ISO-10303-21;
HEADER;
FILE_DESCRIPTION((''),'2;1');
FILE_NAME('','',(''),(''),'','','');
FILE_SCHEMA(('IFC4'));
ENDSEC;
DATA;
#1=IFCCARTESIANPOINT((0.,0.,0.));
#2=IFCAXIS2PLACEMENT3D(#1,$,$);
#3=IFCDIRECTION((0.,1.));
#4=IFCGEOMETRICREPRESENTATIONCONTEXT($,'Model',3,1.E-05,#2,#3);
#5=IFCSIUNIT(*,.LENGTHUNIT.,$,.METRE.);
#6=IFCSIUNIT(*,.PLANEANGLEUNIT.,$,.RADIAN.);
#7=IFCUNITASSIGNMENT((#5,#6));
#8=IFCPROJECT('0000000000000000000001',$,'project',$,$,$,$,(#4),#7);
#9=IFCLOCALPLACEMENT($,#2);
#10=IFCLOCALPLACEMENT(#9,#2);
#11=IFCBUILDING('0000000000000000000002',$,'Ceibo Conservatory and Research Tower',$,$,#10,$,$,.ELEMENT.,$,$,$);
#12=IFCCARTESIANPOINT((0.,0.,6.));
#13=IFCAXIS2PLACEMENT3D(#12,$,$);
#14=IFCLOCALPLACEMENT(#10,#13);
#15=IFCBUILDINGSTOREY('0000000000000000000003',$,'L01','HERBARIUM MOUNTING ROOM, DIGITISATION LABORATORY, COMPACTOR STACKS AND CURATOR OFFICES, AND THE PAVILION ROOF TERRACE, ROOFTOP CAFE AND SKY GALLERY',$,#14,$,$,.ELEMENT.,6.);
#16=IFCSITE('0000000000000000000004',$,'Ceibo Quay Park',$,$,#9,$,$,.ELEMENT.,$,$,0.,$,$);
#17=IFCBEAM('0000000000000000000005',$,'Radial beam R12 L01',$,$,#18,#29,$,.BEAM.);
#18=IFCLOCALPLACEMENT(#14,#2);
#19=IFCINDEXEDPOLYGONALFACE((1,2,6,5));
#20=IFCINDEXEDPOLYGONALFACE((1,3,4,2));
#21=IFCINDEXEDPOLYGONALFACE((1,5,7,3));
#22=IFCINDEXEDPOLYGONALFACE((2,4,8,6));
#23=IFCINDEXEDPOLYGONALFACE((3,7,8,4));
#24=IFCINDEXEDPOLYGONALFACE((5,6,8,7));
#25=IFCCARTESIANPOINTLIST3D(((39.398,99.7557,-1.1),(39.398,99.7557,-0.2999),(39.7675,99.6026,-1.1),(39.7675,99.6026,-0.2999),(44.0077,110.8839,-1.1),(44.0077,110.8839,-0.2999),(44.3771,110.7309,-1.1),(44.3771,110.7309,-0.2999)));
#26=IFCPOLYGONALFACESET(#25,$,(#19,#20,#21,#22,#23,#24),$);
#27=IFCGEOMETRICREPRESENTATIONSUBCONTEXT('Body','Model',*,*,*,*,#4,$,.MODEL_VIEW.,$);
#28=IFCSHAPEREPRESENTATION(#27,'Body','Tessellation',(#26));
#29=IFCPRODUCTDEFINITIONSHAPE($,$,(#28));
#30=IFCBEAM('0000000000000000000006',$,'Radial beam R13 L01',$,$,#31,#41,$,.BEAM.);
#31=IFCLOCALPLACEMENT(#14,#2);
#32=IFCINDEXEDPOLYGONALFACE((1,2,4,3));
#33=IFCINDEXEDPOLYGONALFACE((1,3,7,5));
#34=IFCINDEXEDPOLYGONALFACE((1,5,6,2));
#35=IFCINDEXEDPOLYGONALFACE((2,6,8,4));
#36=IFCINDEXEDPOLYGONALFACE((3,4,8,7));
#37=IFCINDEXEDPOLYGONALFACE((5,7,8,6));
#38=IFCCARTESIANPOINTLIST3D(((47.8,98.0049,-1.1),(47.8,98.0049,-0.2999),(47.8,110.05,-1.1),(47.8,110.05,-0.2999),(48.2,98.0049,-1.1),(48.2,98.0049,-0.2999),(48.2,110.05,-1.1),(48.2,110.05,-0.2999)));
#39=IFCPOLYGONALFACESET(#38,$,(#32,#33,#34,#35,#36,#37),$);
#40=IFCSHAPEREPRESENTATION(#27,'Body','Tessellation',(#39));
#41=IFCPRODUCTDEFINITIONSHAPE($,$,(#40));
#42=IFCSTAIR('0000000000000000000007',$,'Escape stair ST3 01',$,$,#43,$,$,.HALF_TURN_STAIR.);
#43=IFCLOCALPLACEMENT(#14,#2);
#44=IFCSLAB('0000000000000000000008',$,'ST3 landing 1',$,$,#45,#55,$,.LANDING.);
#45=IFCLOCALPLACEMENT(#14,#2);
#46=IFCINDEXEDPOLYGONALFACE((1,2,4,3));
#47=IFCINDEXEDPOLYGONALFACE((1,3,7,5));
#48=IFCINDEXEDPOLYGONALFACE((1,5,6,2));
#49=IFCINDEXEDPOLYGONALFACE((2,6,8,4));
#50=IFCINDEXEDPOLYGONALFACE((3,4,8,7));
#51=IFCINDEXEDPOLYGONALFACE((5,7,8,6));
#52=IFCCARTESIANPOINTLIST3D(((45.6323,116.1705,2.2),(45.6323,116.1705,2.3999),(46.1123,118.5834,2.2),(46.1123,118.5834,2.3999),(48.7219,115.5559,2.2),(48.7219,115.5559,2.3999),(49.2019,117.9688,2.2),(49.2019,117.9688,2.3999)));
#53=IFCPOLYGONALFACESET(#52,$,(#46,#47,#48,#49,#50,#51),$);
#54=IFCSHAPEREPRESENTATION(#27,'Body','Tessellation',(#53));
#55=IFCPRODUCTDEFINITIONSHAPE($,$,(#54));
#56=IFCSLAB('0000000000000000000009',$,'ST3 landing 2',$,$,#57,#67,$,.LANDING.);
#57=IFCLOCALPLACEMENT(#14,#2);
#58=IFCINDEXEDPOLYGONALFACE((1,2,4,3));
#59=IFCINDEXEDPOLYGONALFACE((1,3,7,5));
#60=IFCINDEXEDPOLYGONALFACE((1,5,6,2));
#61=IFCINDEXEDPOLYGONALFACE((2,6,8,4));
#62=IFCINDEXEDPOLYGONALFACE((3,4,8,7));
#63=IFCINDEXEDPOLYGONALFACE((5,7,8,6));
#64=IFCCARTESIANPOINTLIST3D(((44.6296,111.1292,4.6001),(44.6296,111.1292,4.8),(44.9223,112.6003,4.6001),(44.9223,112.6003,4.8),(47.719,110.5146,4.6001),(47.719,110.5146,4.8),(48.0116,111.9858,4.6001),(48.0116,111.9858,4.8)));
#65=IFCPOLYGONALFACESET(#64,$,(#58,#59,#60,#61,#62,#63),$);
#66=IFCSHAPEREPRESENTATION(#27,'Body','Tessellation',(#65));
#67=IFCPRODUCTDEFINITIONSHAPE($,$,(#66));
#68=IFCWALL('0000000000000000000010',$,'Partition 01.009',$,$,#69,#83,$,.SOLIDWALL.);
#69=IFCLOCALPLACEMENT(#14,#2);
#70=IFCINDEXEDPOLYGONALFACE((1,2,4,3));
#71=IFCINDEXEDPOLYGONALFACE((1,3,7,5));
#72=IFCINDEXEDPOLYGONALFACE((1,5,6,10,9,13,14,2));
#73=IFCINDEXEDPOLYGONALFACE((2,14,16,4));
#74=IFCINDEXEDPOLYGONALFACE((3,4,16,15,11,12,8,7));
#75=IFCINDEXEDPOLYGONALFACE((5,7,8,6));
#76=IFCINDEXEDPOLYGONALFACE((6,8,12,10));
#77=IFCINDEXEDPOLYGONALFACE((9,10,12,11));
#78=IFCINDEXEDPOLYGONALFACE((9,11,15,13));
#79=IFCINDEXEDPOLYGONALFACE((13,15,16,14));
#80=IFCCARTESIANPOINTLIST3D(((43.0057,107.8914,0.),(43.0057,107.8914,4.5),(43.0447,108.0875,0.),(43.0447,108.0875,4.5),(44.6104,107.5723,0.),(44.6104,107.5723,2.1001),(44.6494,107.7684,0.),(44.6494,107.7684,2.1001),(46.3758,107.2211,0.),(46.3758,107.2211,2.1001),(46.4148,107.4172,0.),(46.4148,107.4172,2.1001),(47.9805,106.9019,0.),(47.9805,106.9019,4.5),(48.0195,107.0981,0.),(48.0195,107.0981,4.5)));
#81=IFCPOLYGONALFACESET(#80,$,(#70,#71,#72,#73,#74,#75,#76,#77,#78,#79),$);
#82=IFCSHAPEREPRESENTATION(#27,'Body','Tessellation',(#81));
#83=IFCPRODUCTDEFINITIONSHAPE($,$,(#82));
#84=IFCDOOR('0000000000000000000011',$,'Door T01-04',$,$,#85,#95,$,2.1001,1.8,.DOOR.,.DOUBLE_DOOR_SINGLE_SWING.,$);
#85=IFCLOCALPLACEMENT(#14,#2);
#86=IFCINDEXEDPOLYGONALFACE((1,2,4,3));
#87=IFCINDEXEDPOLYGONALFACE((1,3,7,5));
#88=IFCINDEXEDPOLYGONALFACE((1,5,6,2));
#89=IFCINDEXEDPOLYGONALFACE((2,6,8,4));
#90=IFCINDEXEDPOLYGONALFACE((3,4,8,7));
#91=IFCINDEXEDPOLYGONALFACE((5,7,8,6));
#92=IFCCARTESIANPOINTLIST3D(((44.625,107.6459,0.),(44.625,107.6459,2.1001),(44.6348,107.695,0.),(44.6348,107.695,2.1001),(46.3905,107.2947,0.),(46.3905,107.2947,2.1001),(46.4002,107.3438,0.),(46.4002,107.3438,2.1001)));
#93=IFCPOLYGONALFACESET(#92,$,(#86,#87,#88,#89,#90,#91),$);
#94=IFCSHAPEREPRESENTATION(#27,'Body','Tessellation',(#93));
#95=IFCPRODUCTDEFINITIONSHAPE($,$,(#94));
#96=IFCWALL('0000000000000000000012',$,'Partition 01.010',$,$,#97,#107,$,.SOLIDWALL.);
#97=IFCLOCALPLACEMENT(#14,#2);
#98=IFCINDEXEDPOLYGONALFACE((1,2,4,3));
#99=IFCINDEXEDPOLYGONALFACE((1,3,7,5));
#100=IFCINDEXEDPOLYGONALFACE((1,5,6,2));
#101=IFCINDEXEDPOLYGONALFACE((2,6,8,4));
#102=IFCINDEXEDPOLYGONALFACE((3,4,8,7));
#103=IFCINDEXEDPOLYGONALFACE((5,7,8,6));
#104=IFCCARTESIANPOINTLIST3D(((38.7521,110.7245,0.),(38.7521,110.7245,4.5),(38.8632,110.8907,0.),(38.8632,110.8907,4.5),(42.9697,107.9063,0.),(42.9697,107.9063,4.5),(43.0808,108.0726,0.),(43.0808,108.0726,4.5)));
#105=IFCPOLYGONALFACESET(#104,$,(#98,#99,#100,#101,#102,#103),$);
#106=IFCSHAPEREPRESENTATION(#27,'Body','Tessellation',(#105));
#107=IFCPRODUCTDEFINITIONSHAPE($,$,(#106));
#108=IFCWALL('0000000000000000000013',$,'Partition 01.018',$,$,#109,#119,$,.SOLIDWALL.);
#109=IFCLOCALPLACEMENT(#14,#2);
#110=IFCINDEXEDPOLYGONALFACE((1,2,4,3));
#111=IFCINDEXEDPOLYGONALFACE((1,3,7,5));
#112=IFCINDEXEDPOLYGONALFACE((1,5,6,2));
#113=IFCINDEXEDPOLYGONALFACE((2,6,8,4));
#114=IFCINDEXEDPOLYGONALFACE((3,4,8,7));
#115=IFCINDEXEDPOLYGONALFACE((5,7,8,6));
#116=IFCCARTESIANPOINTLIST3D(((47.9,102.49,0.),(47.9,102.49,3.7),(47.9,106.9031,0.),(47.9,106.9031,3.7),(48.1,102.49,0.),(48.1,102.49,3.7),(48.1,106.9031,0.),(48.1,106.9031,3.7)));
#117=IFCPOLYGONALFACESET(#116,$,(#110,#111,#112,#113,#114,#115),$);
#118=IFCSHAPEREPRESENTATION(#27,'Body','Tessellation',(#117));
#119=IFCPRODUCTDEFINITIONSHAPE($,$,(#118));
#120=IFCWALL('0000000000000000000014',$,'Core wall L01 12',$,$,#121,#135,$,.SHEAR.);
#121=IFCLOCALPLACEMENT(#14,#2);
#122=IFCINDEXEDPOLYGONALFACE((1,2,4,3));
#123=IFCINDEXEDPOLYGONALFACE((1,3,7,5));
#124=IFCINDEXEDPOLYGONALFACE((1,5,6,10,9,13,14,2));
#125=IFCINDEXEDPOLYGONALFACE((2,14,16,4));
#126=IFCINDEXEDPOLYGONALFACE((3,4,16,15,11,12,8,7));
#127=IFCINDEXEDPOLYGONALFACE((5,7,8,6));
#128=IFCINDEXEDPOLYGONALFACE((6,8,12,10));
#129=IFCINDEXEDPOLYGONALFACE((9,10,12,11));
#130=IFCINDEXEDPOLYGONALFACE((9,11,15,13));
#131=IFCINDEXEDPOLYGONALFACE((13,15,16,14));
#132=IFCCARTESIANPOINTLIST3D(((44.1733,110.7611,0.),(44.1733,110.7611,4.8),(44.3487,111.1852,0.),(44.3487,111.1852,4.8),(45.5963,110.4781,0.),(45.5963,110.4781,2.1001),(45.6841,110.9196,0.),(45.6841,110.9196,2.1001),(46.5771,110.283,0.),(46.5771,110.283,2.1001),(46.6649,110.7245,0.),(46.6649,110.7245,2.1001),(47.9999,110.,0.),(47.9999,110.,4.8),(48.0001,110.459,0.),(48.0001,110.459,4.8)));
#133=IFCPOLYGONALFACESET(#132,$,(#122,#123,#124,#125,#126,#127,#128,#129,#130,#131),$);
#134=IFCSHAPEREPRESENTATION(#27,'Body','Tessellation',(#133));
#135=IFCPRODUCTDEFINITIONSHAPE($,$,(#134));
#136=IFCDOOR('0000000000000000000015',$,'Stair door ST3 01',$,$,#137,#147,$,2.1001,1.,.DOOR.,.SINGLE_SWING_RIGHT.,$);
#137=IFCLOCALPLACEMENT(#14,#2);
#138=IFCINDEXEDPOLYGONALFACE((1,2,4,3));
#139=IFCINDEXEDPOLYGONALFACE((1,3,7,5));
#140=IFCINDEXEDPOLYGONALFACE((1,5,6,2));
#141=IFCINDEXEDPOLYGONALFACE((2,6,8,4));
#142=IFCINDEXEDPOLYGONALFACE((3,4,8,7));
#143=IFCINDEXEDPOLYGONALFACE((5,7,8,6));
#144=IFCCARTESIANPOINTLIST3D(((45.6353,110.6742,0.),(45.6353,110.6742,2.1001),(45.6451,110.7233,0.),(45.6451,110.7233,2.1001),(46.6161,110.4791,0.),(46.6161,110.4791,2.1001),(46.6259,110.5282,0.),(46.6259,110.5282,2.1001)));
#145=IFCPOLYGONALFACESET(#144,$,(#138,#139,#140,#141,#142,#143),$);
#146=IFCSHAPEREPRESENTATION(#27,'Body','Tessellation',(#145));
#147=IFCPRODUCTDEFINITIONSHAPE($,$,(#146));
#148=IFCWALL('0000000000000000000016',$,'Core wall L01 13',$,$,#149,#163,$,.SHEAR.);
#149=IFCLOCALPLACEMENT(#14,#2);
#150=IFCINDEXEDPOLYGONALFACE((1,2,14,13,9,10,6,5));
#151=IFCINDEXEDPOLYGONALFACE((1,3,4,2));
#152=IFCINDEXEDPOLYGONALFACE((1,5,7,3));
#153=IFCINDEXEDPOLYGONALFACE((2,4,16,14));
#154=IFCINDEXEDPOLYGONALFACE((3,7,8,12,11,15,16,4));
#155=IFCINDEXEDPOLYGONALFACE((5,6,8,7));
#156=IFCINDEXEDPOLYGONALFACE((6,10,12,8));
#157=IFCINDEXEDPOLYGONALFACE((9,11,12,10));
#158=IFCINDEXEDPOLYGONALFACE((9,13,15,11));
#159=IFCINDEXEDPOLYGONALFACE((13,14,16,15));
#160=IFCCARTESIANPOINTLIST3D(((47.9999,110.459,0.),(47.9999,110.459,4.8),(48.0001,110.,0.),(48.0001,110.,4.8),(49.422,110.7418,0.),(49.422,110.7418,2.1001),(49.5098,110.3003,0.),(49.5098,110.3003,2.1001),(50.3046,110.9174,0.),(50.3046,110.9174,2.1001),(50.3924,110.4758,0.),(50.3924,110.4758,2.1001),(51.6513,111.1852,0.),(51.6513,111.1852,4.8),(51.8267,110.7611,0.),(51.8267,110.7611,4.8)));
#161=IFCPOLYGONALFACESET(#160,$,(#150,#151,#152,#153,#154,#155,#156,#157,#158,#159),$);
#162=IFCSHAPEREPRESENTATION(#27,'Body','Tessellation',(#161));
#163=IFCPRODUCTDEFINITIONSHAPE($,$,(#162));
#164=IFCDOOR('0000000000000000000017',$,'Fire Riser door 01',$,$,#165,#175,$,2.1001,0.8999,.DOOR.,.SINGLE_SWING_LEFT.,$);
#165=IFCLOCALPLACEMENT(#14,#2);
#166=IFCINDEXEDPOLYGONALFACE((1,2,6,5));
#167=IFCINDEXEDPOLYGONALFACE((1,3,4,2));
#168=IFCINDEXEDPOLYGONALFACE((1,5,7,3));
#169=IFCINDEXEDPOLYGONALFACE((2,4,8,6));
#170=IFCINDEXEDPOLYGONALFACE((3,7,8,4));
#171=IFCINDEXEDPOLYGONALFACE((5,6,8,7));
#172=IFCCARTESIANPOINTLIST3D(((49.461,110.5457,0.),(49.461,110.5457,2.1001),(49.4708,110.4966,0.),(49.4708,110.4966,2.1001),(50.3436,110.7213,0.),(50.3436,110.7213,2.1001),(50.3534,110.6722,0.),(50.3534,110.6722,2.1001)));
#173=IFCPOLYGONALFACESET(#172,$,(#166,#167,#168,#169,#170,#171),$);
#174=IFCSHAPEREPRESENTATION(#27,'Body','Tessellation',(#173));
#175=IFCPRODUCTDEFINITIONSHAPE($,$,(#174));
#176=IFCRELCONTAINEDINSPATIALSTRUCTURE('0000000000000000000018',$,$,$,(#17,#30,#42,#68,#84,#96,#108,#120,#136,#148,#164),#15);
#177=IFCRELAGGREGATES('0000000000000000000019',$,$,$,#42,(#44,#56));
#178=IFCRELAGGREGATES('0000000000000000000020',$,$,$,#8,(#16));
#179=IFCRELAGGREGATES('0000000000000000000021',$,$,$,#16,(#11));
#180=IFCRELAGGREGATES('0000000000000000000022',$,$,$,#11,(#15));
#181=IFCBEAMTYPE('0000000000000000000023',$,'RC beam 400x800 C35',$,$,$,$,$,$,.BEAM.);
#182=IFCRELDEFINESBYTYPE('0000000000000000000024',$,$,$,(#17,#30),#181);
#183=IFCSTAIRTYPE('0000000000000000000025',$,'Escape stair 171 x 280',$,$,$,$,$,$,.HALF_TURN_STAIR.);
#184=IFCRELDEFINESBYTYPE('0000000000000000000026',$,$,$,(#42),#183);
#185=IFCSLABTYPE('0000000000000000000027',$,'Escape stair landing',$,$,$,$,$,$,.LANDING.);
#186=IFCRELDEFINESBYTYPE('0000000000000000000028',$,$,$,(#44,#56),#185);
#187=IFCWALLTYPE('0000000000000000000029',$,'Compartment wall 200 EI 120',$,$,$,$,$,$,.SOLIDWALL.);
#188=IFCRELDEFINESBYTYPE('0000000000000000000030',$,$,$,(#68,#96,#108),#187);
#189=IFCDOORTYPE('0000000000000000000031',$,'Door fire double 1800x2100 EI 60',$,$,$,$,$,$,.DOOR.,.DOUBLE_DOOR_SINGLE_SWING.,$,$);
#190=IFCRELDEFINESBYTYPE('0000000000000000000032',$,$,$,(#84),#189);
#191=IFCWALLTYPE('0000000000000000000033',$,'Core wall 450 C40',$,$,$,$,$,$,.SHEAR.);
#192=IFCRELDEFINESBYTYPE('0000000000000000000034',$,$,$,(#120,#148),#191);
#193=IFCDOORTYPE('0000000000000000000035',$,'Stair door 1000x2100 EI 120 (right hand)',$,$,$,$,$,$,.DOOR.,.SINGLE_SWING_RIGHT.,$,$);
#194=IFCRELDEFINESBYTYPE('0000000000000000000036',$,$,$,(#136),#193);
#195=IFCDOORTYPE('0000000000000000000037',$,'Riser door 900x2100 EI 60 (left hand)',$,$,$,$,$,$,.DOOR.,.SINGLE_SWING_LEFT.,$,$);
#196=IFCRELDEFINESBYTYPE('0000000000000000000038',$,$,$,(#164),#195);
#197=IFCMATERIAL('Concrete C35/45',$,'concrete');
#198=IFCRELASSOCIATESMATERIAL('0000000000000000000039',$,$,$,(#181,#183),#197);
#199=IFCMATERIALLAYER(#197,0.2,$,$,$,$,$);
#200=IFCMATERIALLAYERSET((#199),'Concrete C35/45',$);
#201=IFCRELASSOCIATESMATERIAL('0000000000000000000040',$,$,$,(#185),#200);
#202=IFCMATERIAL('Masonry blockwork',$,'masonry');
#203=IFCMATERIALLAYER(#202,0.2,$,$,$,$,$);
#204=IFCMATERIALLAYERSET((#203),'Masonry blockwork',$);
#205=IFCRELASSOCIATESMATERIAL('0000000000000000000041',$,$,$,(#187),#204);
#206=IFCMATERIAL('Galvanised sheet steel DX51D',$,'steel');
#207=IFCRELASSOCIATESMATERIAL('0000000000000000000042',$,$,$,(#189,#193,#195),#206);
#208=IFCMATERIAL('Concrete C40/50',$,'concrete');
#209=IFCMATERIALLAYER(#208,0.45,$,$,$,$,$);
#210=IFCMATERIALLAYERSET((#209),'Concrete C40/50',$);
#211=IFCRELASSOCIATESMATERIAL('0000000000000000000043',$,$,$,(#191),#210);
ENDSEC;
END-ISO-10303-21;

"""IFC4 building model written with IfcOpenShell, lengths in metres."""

from ifc_helpers import new_model, si_unit, direction, frame, frame_2d, origin, origin_2d, place, context, subcontext, project, spatial, polyline, rectangle, outline, extrude, material, layer, layer_set, material_profile, profile_set, type_object, element, fill, aggregate, save


model = new_model("IFC4")

# Units and contexts
model_context = context("Model", 3, precision=1e-05, world=origin(), true_north=direction((0.0, 1.0)))
body_context = subcontext(model_context, "Body", "Model", "MODEL_VIEW")
ifc_project = project(units=[si_unit("LENGTHUNIT", "METRE"), si_unit("PLANEANGLEUNIT", "RADIAN")], contexts=[model_context])

# Site, building, storey
site_placement = place(None, origin())
site = spatial("IfcSite", under=ifc_project, at=site_placement, Name="Ceibo Quay Park", CompositionType="ELEMENT", RefElevation=0.0)
building_placement = place(site_placement, origin())
building = spatial("IfcBuilding", under=site, at=building_placement, Name="Ceibo Conservatory and Research Tower", CompositionType="ELEMENT")
storey_placement = place(building_placement, frame((0.0, 0.0, 6.0)))
storey = spatial("IfcBuildingStorey", under=building, at=storey_placement, Name="L01", Description="HERBARIUM MOUNTING ROOM, DIGITISATION LABORATORY, COMPACTOR STACKS AND CURATOR OFFICES, AND THE PAVILION ROOF TERRACE, ROOFTOP CAFE AND SKY GALLERY", CompositionType="ELEMENT", Elevation=6.0)

# Beams
ifc_material_1 = material(Name="Concrete C35/45", Category="concrete")
ifc_material_profile = material_profile(ifc_material_1, rectangle(XDim=0.3999, YDim=0.8, at=origin_2d()), Name="RC 400x800")
ifc_profile_set = profile_set([ifc_material_profile], Name="Concrete C35/45")
beam_type = type_object("IfcBeamType", Name="RC beam 400x800 C35", PredefinedType="BEAM", material=ifc_profile_set)
for number, where, z_axis, x_axis, name in (
    (1, (44.1924, 110.8074, -0.7), (-0.382696, -0.923874, 0.0), (0.923874, -0.382696, 0.0), "Radial beam R12 L01"),
    (2, (48.0, 110.05, -0.7), (0.0, -1.0, 0.0), (1.0, 0.0, 0.0), "Radial beam R13 L01"),
):
    element("IfcBeam", number, at=place(storey_placement, frame(where, z_axis=z_axis, x_axis=x_axis)), inside=storey, type_object=beam_type, Name=name, PredefinedType="BEAM", context=body_context, shape_type="SweptSolid", body=[
        extrude(rectangle(XDim=0.3999, YDim=0.8, at=origin_2d()), origin(), (0.0, 0.0, 1.0), 12.0452),
    ])

# Stair, slabs
stair_type = type_object("IfcStairType", Name="Escape stair 171 x 280", PredefinedType="HALF_TURN_STAIR", material=ifc_material_1)
stair_placement = place(storey_placement, origin())
stair = element("IfcStair", 3, at=stair_placement, inside=storey, type_object=stair_type, Name="Escape stair ST3 01", PredefinedType="HALF_TURN_STAIR")
ifc_layer_1 = layer(ifc_material_1, 0.2)
ifc_layer_set_1 = layer_set([ifc_layer_1], Name="Concrete C35/45")
slab_type = type_object("IfcSlabType", Name="Escape stair landing", PredefinedType="LANDING", material=ifc_layer_set_1)
slab_1_placement = place(storey_placement, frame((48.7219, 115.5559, 2.2), z_axis=(0.0, 0.0, 1.0), x_axis=(0.19509, 0.980785, 0.0)))
slab_1 = element("IfcSlab", 4, at=slab_1_placement, type_object=slab_type, Name="ST3 landing 1", PredefinedType="LANDING", context=body_context, shape_type="SweptSolid", body=[
    extrude(outline(polyline([(0.0, 0.0), (2.4602, 0.0), (2.4602, 3.1501), (0.0, 3.1501), (0.0, 0.0)])), origin(), (0.0, 0.0, 1.0), 0.2),
])
slab_2_placement = place(storey_placement, frame((47.719, 110.5146, 4.6001), z_axis=(0.0, 0.0, 1.0), x_axis=(0.19509, 0.980785, 0.0)))
slab_2 = element("IfcSlab", 5, at=slab_2_placement, type_object=slab_type, Name="ST3 landing 2", PredefinedType="LANDING", context=body_context, shape_type="SweptSolid", body=[
    extrude(outline(polyline([(0.0, 0.0), (1.5, 0.0), (1.5, 3.1499), (0.0, 3.1499), (0.0, 0.0)])), origin(), (0.0, 0.0, 1.0), 0.2),
])

# Wall, opening, door
ifc_material_2 = material(Name="Masonry blockwork", Category="masonry")
ifc_layer_2 = layer(ifc_material_2, 0.2)
ifc_layer_set_2 = layer_set([ifc_layer_2], Name="Masonry blockwork")
wall_type_1 = type_object("IfcWallType", Name="Compartment wall 200 EI 120", PredefinedType="SOLIDWALL", material=ifc_layer_set_2)
wall_1_placement = place(storey_placement, frame((48.0, 107.0, 0.0), z_axis=(0.0, 0.0, 1.0), x_axis=(-0.980787, 0.195079, 0.0)))
wall_1 = element("IfcWall", 6, at=wall_1_placement, inside=storey, type_object=wall_type_1, Name="Partition 01.009", PredefinedType="SOLIDWALL", context=body_context, shape_type="SweptSolid", body=[
    extrude(rectangle(XDim=5.0723, YDim=0.2, at=frame_2d((2.5361, 0.0))), origin(), (0.0, 0.0, 1.0), 4.5),
])
opening_1_placement = place(wall_1_placement, frame((1.6362, 0.0, 0.0)))
opening_1 = element("IfcOpeningElement", 7, at=opening_1_placement, cuts=wall_1, PredefinedType="OPENING", context=body_context, shape_type="SweptSolid", body=[
    extrude(rectangle(XDim=1.8, YDim=2.1001, at=frame_2d((0.8999, 1.05))), frame((0.0, 0.1099, 0.0), z_axis=(0.0, -1.0, 0.0), x_axis=(1.0, 0.0, 0.0)), (0.0, 0.0, 1.0), 0.22),
])
ifc_material_3 = material(Name="Galvanised sheet steel DX51D", Category="steel")
door_type_1 = type_object("IfcDoorType", Name="Door fire double 1800x2100 EI 60", OperationType="DOUBLE_DOOR_SINGLE_SWING", PredefinedType="DOOR", material=ifc_material_3)
door_1_placement = place(opening_1_placement, origin())
door_1 = element("IfcDoor", 8, at=door_1_placement, inside=storey, type_object=door_type_1, Name="Door T01-04", OperationType="DOUBLE_DOOR_SINGLE_SWING", OverallHeight=2.1001, OverallWidth=1.8, PredefinedType="DOOR", context=body_context, shape_type="SweptSolid", body=[
    extrude(rectangle(XDim=1.8, YDim=2.1001, at=frame_2d((0.8999, 1.05))), frame((0.0, 0.0249, 0.0), z_axis=(0.0, -1.0, 0.0), x_axis=(1.0, 0.0, 0.0)), (0.0, 0.0, 1.0), 0.05),
])
fill(opening_1, door_1)

# Walls
wall_2_placement = place(storey_placement, frame((43.0251, 107.9895, 0.0), z_axis=(0.0, 0.0, 1.0), x_axis=(-0.831465, 0.555577, 0.0)))
element("IfcWall", 9, at=wall_2_placement, inside=storey, type_object=wall_type_1, Name="Partition 01.010", PredefinedType="SOLIDWALL", context=body_context, shape_type="SweptSolid", body=[
    extrude(rectangle(XDim=5.0725, YDim=0.2, at=frame_2d((2.5361, 0.0))), origin(), (0.0, 0.0, 1.0), 4.5),
])
wall_3_placement = place(storey_placement, frame((48.0, 106.9031, 0.0), z_axis=(0.0, 0.0, 1.0), x_axis=(0.0, -1.0, 0.0)))
element("IfcWall", 10, at=wall_3_placement, inside=storey, type_object=wall_type_1, Name="Partition 01.018", PredefinedType="SOLIDWALL", context=body_context, shape_type="SweptSolid", body=[
    extrude(rectangle(XDim=4.4131, YDim=0.2, at=frame_2d((2.2065, 0.0))), origin(), (0.0, 0.0, 1.0), 3.7),
])

# Walls, openings, doors
ifc_material_4 = material(Name="Concrete C40/50", Category="concrete")
ifc_layer_3 = layer(ifc_material_4, 0.45)
ifc_layer_set_3 = layer_set([ifc_layer_3], Name="Concrete C40/50")
wall_type_2 = type_object("IfcWallType", Name="Core wall 450 C40", PredefinedType="SHEAR", material=ifc_layer_set_3)
wall_4_placement = place(storey_placement, frame((44.261, 110.9731, 0.0), z_axis=(0.0, 0.0, 1.0), x_axis=(0.980789, -0.195069, 0.0)))
wall_4 = element("IfcWall", 11, at=wall_4_placement, inside=storey, type_object=wall_type_2, Name="Core wall L01 12", PredefinedType="SHEAR", context=body_context, shape_type="SweptSolid", body=[
    extrude(outline(polyline([(-0.0447, -0.2251), (3.8569, -0.2251), (3.7676, 0.2251), (0.0447, 0.2251), (-0.0447, -0.2251)])), origin(), (0.0, 0.0, 1.0), 4.8),
])
opening_2_placement = place(wall_4_placement, frame((1.4062, 0.0, 0.0)))
opening_2 = element("IfcOpeningElement", 12, at=opening_2_placement, cuts=wall_4, PredefinedType="OPENING", context=body_context, shape_type="SweptSolid", body=[
    extrude(rectangle(XDim=1.0, YDim=2.1001, at=frame_2d((0.5, 1.05))), frame((0.0, 0.2349, 0.0), z_axis=(0.0, -1.0, 0.0), x_axis=(1.0, 0.0, 0.0)), (0.0, 0.0, 1.0), 0.47),
])
door_type_2 = type_object("IfcDoorType", Name="Stair door 1000x2100 EI 120 (right hand)", OperationType="SINGLE_SWING_RIGHT", PredefinedType="DOOR", material=ifc_material_3)
door_2_placement = place(opening_2_placement, origin())
door_2 = element("IfcDoor", 13, at=door_2_placement, inside=storey, type_object=door_type_2, Name="Stair door ST3 01", OperationType="SINGLE_SWING_RIGHT", OverallHeight=2.1001, OverallWidth=1.0, PredefinedType="DOOR", context=body_context, shape_type="SweptSolid", body=[
    extrude(rectangle(XDim=1.0, YDim=2.1001, at=frame_2d((0.5, 1.05))), frame((0.0, 0.0249, 0.0), z_axis=(0.0, -1.0, 0.0), x_axis=(1.0, 0.0, 0.0)), (0.0, 0.0, 1.0), 0.05),
])
fill(opening_2, door_2)
wall_5_placement = place(storey_placement, frame((48.0, 110.2295, 0.0), z_axis=(0.0, 0.0, 1.0), x_axis=(0.980789, 0.195069, 0.0)))
wall_5 = element("IfcWall", 14, at=wall_5_placement, inside=storey, type_object=wall_type_2, Name="Core wall L01 13", PredefinedType="SHEAR", context=body_context, shape_type="SweptSolid", body=[
    extrude(outline(polyline([(-0.0447, -0.2251), (3.8569, -0.2251), (3.7676, 0.2251), (0.0447, 0.2251), (-0.0447, -0.2251)])), origin(), (0.0, 0.0, 1.0), 4.8),
])
opening_3_placement = place(wall_5_placement, frame((1.4946, 0.0, 0.0)))
opening_3 = element("IfcOpeningElement", 15, at=opening_3_placement, cuts=wall_5, PredefinedType="OPENING", context=body_context, shape_type="SweptSolid", body=[
    extrude(rectangle(XDim=0.8999, YDim=2.1001, at=frame_2d((0.45, 1.05))), frame((0.0, 0.2349, 0.0), z_axis=(0.0, -1.0, 0.0), x_axis=(1.0, 0.0, 0.0)), (0.0, 0.0, 1.0), 0.47),
])
door_type_3 = type_object("IfcDoorType", Name="Riser door 900x2100 EI 60 (left hand)", OperationType="SINGLE_SWING_LEFT", PredefinedType="DOOR", material=ifc_material_3)
door_3_placement = place(opening_3_placement, frame((0.8999, 0.0, 0.0), z_axis=(0.0, 0.0, 1.0), x_axis=(-1.0, 0.0, 0.0)))
door_3 = element("IfcDoor", 16, at=door_3_placement, inside=storey, type_object=door_type_3, Name="Fire Riser door 01", OperationType="SINGLE_SWING_LEFT", OverallHeight=2.1001, OverallWidth=0.8999, PredefinedType="DOOR", context=body_context, shape_type="SweptSolid", body=[
    extrude(rectangle(XDim=0.8999, YDim=2.1001, at=frame_2d((0.45, 1.05))), frame((0.0, 0.0249, 0.0), z_axis=(0.0, -1.0, 0.0), x_axis=(1.0, 0.0, 0.0)), (0.0, 0.0, 1.0), 0.05),
])
fill(opening_3, door_3)

aggregate(stair, [slab_1, slab_2])

save(model, "model.ifc")
